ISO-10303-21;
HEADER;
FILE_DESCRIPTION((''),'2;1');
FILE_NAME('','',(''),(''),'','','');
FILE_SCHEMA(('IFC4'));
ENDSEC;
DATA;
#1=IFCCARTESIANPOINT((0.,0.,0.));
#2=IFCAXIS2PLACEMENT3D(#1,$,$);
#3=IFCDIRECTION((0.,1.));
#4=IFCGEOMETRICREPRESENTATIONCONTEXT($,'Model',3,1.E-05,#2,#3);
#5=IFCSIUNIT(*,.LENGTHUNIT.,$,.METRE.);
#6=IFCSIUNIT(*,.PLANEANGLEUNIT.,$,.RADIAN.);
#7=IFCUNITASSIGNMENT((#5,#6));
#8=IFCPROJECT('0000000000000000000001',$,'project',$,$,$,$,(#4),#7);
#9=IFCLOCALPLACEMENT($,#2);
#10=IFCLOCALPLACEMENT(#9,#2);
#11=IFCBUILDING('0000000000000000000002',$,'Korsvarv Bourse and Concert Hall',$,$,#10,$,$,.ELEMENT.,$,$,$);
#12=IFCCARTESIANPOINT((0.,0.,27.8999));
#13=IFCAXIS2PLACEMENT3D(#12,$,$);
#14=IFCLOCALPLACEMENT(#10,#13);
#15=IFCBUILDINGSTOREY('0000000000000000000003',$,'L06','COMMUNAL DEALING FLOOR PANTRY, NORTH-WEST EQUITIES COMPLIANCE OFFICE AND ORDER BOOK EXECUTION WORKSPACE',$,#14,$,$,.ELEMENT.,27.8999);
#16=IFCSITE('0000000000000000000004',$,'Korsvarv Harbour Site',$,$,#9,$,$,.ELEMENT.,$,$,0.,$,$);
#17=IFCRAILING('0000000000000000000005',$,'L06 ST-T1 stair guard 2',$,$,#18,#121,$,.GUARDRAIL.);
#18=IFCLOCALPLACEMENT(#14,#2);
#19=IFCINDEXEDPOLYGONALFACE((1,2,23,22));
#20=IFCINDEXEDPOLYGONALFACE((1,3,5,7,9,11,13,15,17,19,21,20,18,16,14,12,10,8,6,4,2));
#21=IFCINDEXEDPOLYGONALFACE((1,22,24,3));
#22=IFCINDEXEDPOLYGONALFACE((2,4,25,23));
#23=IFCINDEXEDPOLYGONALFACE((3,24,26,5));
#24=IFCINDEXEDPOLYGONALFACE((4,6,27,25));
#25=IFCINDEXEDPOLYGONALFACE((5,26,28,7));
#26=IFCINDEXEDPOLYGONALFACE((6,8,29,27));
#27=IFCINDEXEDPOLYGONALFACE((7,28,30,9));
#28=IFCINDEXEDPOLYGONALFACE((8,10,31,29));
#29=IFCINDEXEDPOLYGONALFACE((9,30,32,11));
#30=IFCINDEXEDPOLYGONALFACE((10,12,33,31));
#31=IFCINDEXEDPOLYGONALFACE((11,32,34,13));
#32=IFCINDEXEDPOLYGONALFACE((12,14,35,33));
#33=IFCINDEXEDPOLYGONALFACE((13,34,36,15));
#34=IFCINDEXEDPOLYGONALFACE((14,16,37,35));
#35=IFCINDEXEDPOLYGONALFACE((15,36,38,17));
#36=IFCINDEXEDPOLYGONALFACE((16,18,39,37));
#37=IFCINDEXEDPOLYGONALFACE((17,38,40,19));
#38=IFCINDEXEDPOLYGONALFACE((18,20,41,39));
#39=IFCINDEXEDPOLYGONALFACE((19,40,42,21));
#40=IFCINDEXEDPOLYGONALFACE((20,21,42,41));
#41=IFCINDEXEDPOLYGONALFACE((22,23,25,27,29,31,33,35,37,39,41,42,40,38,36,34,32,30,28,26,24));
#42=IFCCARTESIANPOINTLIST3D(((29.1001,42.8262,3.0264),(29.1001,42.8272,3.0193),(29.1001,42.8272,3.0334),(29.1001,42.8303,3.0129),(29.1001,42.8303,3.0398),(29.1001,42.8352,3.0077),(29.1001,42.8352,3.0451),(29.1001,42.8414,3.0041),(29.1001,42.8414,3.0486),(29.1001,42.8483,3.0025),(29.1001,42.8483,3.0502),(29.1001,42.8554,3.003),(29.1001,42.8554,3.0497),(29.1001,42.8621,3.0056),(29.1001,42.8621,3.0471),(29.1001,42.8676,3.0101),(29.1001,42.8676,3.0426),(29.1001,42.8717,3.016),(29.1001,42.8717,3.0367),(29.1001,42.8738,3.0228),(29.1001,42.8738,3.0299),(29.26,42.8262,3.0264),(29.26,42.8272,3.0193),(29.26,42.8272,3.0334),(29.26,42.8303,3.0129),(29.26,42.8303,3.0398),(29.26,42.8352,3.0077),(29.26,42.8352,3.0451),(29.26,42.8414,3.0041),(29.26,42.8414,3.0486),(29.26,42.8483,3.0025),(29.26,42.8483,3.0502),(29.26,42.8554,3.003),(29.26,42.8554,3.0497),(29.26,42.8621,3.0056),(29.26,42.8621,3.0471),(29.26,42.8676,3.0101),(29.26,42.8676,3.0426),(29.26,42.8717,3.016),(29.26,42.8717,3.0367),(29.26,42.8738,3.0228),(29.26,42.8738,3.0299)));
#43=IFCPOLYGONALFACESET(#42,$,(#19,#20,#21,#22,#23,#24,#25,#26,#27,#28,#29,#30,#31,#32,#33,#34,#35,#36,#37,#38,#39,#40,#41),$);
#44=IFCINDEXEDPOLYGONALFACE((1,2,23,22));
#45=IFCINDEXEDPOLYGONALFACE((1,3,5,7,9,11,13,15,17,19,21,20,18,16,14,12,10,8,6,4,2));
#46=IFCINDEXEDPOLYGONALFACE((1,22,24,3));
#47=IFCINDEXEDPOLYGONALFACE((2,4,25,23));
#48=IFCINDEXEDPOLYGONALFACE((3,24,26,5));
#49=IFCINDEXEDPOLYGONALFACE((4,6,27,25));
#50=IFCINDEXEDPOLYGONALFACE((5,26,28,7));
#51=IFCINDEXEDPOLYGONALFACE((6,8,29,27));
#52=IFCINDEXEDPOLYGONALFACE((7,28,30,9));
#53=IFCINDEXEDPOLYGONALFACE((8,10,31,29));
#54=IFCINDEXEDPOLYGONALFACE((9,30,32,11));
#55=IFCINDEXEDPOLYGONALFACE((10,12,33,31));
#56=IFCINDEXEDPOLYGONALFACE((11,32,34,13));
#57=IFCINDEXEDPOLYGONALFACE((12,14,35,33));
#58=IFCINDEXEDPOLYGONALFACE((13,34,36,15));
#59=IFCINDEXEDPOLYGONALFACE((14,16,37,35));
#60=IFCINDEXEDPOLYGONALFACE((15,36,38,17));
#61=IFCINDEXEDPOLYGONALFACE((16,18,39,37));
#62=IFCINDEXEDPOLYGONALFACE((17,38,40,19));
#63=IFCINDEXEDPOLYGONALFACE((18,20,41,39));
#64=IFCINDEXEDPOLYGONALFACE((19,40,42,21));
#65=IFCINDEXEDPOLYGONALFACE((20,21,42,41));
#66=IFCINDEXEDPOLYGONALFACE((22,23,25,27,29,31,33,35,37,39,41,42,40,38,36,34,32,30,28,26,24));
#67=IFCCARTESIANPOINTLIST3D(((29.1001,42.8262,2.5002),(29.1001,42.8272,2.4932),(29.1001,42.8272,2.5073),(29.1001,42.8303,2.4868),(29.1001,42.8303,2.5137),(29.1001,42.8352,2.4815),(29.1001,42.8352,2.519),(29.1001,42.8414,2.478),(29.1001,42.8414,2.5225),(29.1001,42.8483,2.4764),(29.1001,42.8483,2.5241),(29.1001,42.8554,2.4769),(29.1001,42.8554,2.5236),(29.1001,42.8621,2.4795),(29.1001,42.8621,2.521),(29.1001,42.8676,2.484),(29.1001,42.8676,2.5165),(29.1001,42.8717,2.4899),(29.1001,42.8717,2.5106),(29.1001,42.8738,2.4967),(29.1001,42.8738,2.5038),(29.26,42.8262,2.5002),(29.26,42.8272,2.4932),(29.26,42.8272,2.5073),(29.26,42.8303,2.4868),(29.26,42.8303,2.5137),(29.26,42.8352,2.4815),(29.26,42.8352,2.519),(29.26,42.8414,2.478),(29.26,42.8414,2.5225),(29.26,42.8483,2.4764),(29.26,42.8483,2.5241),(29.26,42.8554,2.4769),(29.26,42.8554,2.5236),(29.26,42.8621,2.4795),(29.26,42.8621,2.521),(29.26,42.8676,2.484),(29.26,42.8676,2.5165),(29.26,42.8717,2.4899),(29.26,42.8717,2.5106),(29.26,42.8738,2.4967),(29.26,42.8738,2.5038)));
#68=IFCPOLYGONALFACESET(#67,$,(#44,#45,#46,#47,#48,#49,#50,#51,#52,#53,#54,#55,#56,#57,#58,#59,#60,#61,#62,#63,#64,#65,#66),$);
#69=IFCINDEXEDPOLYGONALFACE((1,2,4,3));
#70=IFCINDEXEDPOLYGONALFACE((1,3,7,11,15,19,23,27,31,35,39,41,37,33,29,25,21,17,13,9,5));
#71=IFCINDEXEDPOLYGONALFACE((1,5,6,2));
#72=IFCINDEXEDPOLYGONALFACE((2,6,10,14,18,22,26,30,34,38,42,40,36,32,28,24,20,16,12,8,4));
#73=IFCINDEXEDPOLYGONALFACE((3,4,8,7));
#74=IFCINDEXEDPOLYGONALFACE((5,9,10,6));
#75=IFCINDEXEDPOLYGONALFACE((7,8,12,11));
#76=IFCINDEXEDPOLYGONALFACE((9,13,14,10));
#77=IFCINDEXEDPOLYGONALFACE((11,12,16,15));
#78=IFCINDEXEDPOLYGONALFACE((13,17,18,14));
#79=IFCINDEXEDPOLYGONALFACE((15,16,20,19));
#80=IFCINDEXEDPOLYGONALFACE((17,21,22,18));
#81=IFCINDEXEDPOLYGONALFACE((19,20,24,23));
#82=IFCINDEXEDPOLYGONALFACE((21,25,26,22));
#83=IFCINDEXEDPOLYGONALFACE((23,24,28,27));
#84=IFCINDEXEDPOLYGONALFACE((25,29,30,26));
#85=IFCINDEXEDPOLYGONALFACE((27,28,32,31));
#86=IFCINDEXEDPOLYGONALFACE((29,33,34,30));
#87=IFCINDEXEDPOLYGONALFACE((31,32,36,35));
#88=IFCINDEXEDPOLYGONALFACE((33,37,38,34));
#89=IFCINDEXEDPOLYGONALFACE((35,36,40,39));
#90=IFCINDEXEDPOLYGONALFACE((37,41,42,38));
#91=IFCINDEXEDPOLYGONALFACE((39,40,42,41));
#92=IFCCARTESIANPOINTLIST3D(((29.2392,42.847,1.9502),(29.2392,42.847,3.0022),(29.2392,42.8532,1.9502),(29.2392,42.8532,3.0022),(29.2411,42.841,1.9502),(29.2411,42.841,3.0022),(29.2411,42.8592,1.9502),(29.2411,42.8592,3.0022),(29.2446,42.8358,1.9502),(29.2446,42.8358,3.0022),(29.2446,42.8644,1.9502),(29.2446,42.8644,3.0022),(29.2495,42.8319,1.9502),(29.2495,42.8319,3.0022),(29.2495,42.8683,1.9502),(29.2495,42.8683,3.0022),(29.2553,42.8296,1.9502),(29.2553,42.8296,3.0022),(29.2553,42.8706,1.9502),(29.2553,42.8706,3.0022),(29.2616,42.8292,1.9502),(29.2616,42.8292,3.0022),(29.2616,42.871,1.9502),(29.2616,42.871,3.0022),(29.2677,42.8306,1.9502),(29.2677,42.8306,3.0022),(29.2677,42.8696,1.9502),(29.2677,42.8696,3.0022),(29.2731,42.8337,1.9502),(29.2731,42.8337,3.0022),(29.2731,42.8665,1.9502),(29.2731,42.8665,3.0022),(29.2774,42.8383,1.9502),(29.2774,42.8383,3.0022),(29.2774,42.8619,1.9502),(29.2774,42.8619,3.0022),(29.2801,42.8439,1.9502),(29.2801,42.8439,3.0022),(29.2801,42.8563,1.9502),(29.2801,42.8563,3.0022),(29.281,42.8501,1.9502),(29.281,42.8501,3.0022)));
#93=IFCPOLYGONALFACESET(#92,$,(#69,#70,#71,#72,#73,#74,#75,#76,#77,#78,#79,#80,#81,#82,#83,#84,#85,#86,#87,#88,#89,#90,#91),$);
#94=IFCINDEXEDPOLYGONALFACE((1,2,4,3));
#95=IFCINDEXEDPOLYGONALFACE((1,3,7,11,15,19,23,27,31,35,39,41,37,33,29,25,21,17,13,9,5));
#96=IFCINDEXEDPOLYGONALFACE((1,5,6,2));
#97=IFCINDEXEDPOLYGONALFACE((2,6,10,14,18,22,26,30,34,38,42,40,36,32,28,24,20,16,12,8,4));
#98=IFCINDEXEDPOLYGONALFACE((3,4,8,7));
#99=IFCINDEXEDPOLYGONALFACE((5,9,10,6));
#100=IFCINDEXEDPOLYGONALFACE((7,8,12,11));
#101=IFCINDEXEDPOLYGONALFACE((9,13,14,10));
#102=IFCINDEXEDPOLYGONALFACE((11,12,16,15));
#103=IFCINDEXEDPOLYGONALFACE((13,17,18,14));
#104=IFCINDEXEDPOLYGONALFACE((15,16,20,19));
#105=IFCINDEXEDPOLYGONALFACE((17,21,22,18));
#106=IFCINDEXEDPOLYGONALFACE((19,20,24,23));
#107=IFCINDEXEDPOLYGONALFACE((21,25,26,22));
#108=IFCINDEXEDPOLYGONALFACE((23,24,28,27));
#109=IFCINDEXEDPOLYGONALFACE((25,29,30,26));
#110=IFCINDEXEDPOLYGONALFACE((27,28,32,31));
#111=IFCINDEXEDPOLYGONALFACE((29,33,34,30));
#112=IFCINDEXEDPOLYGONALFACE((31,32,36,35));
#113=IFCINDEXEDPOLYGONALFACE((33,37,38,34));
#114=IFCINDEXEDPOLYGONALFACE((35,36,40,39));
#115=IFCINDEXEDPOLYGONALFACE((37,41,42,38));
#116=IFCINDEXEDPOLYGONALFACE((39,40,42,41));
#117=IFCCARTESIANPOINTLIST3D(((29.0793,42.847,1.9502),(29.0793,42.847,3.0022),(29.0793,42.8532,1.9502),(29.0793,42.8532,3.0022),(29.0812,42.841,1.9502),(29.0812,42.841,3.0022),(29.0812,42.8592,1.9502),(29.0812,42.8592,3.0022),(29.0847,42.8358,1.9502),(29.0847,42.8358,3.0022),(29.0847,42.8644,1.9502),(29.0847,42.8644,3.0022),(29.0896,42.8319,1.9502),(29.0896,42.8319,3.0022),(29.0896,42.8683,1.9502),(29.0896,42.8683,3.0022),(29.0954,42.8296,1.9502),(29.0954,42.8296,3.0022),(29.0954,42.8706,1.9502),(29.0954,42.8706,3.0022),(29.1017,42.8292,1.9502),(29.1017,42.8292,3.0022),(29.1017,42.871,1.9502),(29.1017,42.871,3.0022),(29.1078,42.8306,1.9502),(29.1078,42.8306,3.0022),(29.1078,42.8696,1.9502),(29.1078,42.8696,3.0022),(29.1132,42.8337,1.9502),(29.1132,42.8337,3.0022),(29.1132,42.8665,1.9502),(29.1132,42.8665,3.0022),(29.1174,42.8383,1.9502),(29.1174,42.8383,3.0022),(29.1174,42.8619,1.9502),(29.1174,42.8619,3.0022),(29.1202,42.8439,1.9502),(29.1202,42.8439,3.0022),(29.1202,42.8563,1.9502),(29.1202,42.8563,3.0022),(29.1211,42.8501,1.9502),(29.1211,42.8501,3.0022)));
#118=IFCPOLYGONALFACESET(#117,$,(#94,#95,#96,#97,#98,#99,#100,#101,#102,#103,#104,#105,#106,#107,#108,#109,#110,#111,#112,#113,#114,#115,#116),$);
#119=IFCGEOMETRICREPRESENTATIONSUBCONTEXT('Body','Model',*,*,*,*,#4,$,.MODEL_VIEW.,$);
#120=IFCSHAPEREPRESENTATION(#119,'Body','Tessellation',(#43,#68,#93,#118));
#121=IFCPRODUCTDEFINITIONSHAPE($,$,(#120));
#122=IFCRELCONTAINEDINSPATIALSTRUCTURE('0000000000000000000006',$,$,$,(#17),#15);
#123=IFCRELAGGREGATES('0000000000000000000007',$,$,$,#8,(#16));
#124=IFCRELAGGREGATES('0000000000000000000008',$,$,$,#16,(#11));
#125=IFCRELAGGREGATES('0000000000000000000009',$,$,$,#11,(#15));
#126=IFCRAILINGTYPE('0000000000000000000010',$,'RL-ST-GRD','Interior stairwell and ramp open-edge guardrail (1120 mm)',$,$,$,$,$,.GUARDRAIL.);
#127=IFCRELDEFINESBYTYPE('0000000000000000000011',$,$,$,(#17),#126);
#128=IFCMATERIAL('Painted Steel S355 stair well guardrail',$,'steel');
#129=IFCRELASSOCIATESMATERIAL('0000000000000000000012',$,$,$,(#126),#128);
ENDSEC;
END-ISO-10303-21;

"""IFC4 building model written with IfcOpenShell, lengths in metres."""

from ifc_helpers import new_model, si_unit, direction, frame, origin, origin_2d, place, context, subcontext, project, spatial, circle, extrude, material, type_object, element, save


model = new_model("IFC4")

# Units and contexts
model_context = context("Model", 3, precision=1e-05, world=origin(), true_north=direction((0.0, 1.0)))
body_context = subcontext(model_context, "Body", "Model", "MODEL_VIEW")
ifc_project = project(units=[si_unit("LENGTHUNIT", "METRE"), si_unit("PLANEANGLEUNIT", "RADIAN")], contexts=[model_context])

# Site, building, storey
site_placement = place(None, origin())
site = spatial("IfcSite", under=ifc_project, at=site_placement, Name="Korsvarv Harbour Site", CompositionType="ELEMENT", RefElevation=0.0)
building_placement = place(site_placement, origin())
building = spatial("IfcBuilding", under=site, at=building_placement, Name="Korsvarv Bourse and Concert Hall", CompositionType="ELEMENT")
storey_placement = place(building_placement, frame((0.0, 0.0, 27.8999)))
storey = spatial("IfcBuildingStorey", under=building, at=storey_placement, Name="L06", Description="COMMUNAL DEALING FLOOR PANTRY, NORTH-WEST EQUITIES COMPLIANCE OFFICE AND ORDER BOOK EXECUTION WORKSPACE", CompositionType="ELEMENT", Elevation=27.8999)

# Railing
ifc_material_1 = material(Name="Painted Steel S355 stair well guardrail", Category="steel")
railing_type_1 = type_object("IfcRailingType", Name="RL-ST-GRD", Description="Interior stairwell and ramp open-edge guardrail (1120 mm)", PredefinedType="GUARDRAIL", material=ifc_material_1)
railing_1_placement = place(storey_placement, frame((29.26, 42.8501, 1.9502)))
element("IfcRailing", 1, at=railing_1_placement, inside=storey, type_object=railing_type_1, Name="L06 ST-T1 stair guard 2", PredefinedType="GUARDRAIL", context=body_context, shape_type="SweptSolid", body=[
    extrude(circle(Radius=0.0239, at=origin_2d()), frame((0.0, 0.0, 1.0762), z_axis=(-1.0, 0.0, 0.0), x_axis=(0.0, -1.0, 0.0)), (0.0, 0.0, 1.0), 0.1599),
    extrude(circle(Radius=0.0239, at=origin_2d()), frame((0.0, 0.0, 0.55), z_axis=(-1.0, 0.0, 0.0), x_axis=(0.0, -1.0, 0.0)), (0.0, 0.0, 1.0), 0.1599),
    extrude(circle(Radius=0.021, at=origin_2d()), origin(), (0.0, 0.0, 1.0), 1.052),
    extrude(circle(Radius=0.021, at=origin_2d()), frame((-0.1599, 0.0, 0.0)), (0.0, 0.0, 1.0), 1.052),
])

save(model, "model.ifc")
